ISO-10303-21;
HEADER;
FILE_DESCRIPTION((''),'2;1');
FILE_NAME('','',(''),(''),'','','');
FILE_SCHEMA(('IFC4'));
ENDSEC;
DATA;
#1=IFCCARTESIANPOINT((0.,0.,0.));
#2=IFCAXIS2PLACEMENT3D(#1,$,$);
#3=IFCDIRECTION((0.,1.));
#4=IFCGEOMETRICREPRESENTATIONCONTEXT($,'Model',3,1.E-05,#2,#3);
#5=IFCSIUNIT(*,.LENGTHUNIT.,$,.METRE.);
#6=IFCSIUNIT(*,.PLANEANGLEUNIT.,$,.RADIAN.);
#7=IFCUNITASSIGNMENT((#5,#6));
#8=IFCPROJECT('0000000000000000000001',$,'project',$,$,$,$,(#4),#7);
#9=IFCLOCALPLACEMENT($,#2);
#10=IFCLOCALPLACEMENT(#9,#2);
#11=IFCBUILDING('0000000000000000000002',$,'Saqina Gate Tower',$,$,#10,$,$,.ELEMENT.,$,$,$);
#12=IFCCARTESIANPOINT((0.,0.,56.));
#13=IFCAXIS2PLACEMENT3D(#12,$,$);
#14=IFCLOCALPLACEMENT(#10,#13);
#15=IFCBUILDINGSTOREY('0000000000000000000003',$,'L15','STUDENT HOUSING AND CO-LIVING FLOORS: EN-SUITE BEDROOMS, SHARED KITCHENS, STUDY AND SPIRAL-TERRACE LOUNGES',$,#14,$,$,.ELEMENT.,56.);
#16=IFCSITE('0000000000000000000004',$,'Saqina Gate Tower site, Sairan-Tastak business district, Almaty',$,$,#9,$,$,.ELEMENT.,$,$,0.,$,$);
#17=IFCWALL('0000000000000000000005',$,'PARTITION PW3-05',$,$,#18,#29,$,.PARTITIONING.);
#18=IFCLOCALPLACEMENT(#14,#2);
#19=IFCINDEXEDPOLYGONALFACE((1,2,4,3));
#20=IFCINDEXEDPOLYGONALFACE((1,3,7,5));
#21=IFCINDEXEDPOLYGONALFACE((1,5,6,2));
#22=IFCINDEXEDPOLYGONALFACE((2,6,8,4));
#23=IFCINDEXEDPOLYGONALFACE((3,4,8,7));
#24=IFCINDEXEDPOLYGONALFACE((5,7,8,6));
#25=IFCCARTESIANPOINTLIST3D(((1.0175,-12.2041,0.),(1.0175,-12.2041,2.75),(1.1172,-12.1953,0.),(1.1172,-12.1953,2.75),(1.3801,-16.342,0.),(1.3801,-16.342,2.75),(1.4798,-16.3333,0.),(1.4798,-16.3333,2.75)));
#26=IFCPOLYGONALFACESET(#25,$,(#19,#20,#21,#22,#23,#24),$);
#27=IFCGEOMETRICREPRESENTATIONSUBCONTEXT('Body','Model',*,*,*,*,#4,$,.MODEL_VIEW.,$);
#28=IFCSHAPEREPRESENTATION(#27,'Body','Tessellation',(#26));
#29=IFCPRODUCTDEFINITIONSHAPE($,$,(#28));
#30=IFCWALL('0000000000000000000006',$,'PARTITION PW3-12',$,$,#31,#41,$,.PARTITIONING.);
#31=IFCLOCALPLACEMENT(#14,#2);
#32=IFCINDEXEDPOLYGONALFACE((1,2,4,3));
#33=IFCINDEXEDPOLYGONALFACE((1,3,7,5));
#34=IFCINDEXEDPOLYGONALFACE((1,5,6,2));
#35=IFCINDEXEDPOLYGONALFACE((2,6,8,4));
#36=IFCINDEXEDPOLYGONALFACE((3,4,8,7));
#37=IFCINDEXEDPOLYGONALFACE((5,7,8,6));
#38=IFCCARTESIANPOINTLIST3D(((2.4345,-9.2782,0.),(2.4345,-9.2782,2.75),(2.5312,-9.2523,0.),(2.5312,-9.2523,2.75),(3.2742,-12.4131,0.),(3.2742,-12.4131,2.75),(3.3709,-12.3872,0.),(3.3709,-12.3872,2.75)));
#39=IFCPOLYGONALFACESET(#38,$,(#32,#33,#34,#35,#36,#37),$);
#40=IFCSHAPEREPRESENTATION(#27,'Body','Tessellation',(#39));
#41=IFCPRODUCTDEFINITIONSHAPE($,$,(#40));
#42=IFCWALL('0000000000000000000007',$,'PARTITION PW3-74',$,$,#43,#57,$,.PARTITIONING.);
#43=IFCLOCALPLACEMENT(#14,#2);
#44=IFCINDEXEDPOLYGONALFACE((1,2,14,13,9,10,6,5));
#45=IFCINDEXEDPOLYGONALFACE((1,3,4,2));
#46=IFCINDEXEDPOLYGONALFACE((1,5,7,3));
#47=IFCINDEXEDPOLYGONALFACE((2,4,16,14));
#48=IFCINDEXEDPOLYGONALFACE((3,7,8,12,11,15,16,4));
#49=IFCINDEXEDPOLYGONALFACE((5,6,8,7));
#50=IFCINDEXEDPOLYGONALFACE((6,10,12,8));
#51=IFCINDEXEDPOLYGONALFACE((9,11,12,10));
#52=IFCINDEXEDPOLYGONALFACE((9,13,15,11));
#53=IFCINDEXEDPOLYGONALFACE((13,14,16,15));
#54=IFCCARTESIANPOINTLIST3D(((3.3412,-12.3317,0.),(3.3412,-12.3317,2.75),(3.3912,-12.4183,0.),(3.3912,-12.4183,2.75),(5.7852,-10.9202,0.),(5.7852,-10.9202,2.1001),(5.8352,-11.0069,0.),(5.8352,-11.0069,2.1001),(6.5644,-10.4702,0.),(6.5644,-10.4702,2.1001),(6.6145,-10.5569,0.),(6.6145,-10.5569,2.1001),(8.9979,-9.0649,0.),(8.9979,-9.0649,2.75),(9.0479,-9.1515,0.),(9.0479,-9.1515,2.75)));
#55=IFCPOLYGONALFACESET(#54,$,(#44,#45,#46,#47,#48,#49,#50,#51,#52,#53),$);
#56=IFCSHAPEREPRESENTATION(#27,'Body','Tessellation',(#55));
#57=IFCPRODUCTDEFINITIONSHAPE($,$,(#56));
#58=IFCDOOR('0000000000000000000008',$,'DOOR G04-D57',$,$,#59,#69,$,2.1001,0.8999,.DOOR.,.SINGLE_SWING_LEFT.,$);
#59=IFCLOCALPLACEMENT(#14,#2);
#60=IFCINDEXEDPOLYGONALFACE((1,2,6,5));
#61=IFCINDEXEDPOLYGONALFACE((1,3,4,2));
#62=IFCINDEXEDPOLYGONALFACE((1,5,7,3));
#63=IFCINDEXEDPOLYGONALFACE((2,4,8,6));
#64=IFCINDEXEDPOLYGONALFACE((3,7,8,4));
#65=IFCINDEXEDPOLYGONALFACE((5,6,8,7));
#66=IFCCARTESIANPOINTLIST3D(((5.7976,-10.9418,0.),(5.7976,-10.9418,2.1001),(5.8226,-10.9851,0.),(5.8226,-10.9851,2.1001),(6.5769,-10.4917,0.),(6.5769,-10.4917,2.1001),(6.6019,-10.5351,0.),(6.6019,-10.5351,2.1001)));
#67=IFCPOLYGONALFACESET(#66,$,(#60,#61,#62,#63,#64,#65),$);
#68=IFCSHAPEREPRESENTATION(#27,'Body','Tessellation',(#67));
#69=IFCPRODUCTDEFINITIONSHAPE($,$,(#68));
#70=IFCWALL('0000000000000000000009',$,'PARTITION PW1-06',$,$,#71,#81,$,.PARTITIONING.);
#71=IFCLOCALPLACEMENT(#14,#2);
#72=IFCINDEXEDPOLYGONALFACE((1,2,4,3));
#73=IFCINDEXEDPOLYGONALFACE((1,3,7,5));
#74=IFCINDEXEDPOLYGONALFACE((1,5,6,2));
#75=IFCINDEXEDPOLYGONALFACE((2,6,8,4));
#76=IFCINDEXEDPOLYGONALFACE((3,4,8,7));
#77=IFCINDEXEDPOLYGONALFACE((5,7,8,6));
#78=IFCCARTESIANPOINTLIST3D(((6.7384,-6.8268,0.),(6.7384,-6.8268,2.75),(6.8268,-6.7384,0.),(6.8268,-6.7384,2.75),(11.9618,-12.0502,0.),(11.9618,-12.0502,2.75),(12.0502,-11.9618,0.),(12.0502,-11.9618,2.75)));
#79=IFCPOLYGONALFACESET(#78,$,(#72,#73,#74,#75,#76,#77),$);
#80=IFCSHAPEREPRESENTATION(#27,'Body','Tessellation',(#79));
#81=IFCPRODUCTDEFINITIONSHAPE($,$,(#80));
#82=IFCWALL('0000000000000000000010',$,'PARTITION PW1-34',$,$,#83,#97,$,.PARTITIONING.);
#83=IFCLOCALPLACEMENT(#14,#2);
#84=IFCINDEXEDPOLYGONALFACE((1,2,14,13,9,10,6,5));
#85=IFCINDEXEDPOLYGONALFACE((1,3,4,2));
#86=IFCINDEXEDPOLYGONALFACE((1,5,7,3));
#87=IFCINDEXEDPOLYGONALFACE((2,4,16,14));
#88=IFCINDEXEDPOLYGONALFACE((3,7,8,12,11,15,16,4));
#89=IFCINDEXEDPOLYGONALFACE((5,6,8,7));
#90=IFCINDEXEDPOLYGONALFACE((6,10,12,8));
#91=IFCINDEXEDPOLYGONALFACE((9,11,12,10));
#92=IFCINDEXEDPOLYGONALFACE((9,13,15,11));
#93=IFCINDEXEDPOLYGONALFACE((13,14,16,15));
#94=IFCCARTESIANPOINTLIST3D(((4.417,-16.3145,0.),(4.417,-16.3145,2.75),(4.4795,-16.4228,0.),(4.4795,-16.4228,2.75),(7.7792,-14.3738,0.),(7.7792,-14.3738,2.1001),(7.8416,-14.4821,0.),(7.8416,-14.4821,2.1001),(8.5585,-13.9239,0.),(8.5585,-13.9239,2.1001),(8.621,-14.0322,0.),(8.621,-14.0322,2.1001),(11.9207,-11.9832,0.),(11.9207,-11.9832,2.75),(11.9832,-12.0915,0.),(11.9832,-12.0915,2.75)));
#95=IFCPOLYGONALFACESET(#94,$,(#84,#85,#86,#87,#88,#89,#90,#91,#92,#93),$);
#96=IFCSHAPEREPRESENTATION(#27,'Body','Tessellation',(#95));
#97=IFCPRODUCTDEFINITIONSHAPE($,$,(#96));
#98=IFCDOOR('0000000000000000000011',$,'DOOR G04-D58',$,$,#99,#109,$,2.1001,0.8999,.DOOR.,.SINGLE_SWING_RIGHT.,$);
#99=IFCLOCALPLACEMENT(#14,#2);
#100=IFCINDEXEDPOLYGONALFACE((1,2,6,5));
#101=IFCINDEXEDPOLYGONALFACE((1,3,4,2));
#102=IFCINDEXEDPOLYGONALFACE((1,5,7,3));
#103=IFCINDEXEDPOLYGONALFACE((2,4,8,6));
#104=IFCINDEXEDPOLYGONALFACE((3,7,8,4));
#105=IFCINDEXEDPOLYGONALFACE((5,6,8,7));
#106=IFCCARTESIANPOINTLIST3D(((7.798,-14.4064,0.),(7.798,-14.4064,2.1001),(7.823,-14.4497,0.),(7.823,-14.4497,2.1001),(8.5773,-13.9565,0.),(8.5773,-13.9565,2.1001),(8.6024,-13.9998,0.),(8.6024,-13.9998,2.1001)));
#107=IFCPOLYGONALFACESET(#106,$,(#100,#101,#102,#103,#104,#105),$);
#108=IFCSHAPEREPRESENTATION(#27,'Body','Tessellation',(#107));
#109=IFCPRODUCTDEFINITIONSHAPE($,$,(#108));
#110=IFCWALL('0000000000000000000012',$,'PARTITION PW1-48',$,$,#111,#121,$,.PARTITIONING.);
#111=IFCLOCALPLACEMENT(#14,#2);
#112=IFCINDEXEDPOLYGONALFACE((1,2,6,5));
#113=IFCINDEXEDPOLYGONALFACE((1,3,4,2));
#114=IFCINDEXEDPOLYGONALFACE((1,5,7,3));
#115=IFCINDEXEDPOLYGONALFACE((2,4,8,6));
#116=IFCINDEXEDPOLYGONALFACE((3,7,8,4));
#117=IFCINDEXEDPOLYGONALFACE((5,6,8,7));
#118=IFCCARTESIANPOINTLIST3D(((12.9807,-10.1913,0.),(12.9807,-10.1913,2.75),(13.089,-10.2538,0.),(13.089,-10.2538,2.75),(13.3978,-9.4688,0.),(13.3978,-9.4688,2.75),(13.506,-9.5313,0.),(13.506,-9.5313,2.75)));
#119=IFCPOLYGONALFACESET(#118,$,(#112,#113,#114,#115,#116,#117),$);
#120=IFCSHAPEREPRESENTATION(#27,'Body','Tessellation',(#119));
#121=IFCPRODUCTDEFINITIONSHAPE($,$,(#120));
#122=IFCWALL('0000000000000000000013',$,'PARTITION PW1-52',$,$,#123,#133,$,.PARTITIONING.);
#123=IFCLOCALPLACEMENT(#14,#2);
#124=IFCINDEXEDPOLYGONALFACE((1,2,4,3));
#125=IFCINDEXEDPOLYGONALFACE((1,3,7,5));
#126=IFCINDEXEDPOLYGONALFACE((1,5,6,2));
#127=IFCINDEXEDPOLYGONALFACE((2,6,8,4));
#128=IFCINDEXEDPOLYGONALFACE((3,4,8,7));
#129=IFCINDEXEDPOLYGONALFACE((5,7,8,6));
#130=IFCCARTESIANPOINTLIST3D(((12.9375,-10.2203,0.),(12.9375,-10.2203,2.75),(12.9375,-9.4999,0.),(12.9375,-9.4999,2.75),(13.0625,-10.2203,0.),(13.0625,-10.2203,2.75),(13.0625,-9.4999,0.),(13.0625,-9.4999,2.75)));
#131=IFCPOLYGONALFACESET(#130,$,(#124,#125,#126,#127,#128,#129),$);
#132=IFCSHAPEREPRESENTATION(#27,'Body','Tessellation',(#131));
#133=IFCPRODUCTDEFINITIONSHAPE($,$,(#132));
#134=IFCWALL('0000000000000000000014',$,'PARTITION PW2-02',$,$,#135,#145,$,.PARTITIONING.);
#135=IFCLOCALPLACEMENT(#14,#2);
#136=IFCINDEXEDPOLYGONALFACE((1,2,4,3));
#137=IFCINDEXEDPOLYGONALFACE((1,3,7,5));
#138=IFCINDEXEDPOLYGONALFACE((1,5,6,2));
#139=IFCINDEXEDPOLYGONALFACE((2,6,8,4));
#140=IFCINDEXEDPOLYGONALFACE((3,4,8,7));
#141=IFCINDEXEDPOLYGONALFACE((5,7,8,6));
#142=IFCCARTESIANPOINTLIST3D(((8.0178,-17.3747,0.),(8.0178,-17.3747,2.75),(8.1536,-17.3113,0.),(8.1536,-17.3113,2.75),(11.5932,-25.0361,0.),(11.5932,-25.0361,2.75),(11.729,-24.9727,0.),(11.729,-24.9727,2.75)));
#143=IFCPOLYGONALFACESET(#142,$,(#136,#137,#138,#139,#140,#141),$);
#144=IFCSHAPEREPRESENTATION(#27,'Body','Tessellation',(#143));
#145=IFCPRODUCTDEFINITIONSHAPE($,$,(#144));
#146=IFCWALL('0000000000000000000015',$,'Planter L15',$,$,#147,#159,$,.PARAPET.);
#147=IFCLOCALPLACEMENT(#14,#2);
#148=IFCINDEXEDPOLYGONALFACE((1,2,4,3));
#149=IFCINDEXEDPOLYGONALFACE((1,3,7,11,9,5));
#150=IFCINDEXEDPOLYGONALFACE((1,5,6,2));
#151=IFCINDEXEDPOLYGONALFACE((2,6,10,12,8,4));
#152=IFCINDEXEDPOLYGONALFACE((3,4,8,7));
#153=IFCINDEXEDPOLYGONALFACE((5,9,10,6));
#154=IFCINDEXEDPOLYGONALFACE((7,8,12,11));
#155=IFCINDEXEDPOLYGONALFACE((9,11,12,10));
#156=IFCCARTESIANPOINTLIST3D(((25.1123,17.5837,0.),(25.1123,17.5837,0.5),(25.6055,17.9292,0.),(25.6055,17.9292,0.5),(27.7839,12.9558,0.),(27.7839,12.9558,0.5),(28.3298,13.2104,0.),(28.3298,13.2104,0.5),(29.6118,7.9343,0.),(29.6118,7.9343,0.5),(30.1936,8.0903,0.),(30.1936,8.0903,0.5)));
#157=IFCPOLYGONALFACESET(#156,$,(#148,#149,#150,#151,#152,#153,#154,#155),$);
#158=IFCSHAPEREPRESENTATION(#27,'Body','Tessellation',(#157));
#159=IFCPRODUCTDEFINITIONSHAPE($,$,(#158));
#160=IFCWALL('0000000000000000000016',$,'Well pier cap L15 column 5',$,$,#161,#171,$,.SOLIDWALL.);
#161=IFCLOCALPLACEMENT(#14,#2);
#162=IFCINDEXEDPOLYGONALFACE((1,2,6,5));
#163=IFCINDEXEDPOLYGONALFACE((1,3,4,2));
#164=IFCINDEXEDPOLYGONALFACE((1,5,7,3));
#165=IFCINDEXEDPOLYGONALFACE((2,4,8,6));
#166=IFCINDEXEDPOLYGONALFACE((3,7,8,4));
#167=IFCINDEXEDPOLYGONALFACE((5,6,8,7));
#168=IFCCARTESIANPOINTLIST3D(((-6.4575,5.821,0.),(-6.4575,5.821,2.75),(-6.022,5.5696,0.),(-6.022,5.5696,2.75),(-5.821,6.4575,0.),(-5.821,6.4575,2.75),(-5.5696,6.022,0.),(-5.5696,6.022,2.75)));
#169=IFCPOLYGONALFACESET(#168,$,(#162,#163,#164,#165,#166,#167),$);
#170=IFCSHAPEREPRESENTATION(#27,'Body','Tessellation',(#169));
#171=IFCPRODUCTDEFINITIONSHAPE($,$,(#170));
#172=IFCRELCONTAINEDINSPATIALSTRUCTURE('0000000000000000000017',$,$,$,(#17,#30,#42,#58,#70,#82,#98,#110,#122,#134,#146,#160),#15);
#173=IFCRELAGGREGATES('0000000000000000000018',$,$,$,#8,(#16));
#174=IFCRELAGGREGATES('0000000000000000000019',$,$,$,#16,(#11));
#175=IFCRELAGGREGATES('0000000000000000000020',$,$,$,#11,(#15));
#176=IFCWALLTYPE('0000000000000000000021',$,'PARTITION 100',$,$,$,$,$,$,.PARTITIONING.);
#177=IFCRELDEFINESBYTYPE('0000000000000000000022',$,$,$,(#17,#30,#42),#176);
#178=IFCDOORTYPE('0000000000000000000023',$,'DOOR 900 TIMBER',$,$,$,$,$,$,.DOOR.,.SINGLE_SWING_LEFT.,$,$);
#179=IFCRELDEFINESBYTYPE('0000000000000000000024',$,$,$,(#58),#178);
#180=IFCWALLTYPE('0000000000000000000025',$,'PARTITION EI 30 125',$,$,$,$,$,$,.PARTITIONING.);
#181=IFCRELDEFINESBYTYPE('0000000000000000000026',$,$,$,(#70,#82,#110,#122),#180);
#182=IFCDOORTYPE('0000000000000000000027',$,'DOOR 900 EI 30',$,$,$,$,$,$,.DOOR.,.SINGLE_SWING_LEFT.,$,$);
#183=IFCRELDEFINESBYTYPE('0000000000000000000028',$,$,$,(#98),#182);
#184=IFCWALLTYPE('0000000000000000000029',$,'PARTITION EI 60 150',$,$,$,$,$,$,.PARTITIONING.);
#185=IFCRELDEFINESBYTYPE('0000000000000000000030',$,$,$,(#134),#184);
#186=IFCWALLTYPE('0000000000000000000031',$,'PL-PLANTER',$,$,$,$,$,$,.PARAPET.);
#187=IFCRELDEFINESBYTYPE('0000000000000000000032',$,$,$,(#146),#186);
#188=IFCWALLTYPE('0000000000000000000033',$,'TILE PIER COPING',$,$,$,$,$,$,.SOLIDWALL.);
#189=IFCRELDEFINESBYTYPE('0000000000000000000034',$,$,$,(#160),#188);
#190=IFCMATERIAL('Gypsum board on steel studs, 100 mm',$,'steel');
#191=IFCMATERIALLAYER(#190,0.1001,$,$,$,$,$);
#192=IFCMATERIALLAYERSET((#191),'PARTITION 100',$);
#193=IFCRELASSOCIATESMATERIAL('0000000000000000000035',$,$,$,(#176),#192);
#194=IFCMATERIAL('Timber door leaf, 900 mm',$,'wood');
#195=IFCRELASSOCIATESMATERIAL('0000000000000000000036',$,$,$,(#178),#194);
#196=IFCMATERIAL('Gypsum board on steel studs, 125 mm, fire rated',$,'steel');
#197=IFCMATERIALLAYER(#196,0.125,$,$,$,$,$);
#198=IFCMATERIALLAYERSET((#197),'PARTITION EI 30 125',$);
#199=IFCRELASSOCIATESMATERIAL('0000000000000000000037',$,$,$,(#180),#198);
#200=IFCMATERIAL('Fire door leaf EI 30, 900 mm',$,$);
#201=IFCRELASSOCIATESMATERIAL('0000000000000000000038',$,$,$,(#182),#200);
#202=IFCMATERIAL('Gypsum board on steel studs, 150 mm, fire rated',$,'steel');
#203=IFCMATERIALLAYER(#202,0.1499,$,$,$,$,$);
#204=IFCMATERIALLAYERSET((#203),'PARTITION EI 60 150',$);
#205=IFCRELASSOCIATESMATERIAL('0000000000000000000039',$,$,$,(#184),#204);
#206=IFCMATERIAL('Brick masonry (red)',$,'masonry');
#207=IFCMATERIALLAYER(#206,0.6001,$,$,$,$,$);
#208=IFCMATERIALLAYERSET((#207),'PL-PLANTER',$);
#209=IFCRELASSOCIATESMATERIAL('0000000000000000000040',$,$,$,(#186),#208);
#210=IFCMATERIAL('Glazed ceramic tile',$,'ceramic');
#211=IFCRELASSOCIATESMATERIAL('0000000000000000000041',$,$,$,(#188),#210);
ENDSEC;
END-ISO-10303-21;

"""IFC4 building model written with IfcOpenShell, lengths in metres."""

from ifc_helpers import new_model, si_unit, direction, frame, frame_2d, origin, place, context, subcontext, project, spatial, polyline, rectangle, outline, extrude, material, layer, layer_set, type_object, element, fill, save


model = new_model("IFC4")

# Units and contexts
model_context = context("Model", 3, precision=1e-05, world=origin(), true_north=direction((0.0, 1.0)))
body_context = subcontext(model_context, "Body", "Model", "MODEL_VIEW")
ifc_project = project(units=[si_unit("LENGTHUNIT", "METRE"), si_unit("PLANEANGLEUNIT", "RADIAN")], contexts=[model_context])

# Site, building, storey
site_placement = place(None, origin())
site = spatial("IfcSite", under=ifc_project, at=site_placement, Name="Saqina Gate Tower site, Sairan-Tastak business district, Almaty", CompositionType="ELEMENT", RefElevation=0.0)
building_placement = place(site_placement, origin())
building = spatial("IfcBuilding", under=site, at=building_placement, Name="Saqina Gate Tower", CompositionType="ELEMENT")
storey_placement = place(building_placement, frame((0.0, 0.0, 56.0)))
storey = spatial("IfcBuildingStorey", under=building, at=storey_placement, Name="L15", Description="STUDENT HOUSING AND CO-LIVING FLOORS: EN-SUITE BEDROOMS, SHARED KITCHENS, STUDY AND SPIRAL-TERRACE LOUNGES", CompositionType="ELEMENT", Elevation=56.0)

# Walls
ifc_material_1 = material(Name="Gypsum board on steel studs, 100 mm", Category="steel")
ifc_layer_1 = layer(ifc_material_1, 0.1001)
ifc_layer_set_1 = layer_set([ifc_layer_1], Name="PARTITION 100")
wall_type_1 = type_object("IfcWallType", Name="PARTITION 100", PredefinedType="PARTITIONING", material=ifc_layer_set_1)
wall_1_placement = place(storey_placement, frame((1.0674, -12.1997, 0.0), z_axis=(0.0, 0.0, 1.0), x_axis=(0.087281, -0.996184, 0.0)))
element("IfcWall", 1, at=wall_1_placement, inside=storey, type_object=wall_type_1, Name="PARTITION PW3-05", PredefinedType="PARTITIONING", context=body_context, shape_type="SweptSolid", body=[
    extrude(rectangle(XDim=4.1538, YDim=0.1001, at=frame_2d((2.0769, 0.0))), origin(), (0.0, 0.0, 1.0), 2.75),
])
wall_2_placement = place(storey_placement, frame((2.4829, -9.2654, 0.0), z_axis=(0.0, 0.0, 1.0), x_axis=(0.258716, -0.965953, 0.0)))
element("IfcWall", 2, at=wall_2_placement, inside=storey, type_object=wall_type_1, Name="PARTITION PW3-12", PredefinedType="PARTITIONING", context=body_context, shape_type="SweptSolid", body=[
    extrude(rectangle(XDim=3.2454, YDim=0.1001, at=frame_2d((1.6226, 0.0))), origin(), (0.0, 0.0, 1.0), 2.75),
])

# Wall, opening, door
wall_3_placement = place(storey_placement, frame((3.3662, -12.375, 0.0), z_axis=(0.0, 0.0, 1.0), x_axis=(0.865964, 0.500106, 0.0)))
wall_3 = element("IfcWall", 3, at=wall_3_placement, inside=storey, type_object=wall_type_1, Name="PARTITION PW3-74", PredefinedType="PARTITIONING", context=body_context, shape_type="SweptSolid", body=[
    extrude(rectangle(XDim=6.5322, YDim=0.1001, at=frame_2d((3.2661, 0.0))), origin(), (0.0, 0.0, 1.0), 2.75),
])
opening_1_placement = place(wall_3_placement, frame((2.8223, 0.0, 0.0)))
opening_1 = element("IfcOpeningElement", 4, at=opening_1_placement, cuts=wall_3, PredefinedType="OPENING", context=body_context, shape_type="SweptSolid", body=[
    extrude(rectangle(XDim=0.8999, YDim=2.1001, at=frame_2d((0.45, 1.05))), frame((0.0, 0.062, 0.0), z_axis=(0.0, -1.0, 0.0), x_axis=(1.0, 0.0, 0.0)), (0.0, 0.0, 1.0), 0.124),
])
ifc_material_2 = material(Name="Timber door leaf, 900 mm", Category="wood")
door_type_1 = type_object("IfcDoorType", Name="DOOR 900 TIMBER", OperationType="SINGLE_SWING_LEFT", PredefinedType="DOOR", material=ifc_material_2)
door_1_placement = place(opening_1_placement, frame((0.8999, 0.0, 0.0), z_axis=(0.0, 0.0, 1.0), x_axis=(-1.0, 0.0, 0.0)))
door_1 = element("IfcDoor", 5, at=door_1_placement, inside=storey, type_object=door_type_1, Name="DOOR G04-D57", OperationType="SINGLE_SWING_LEFT", OverallHeight=2.1001, OverallWidth=0.8999, PredefinedType="DOOR", context=body_context, shape_type="SweptSolid", body=[
    extrude(rectangle(XDim=0.8999, YDim=2.1001, at=frame_2d((0.45, 1.05))), frame((0.0, 0.0249, 0.0), z_axis=(0.0, -1.0, 0.0), x_axis=(1.0, 0.0, 0.0)), (0.0, 0.0, 1.0), 0.05),
])
fill(opening_1, door_1)

# Wall
ifc_material_3 = material(Name="Gypsum board on steel studs, 125 mm, fire rated", Category="steel")
ifc_layer_2 = layer(ifc_material_3, 0.125)
ifc_layer_set_2 = layer_set([ifc_layer_2], Name="PARTITION EI 30 125")
wall_type_2 = type_object("IfcWallType", Name="PARTITION EI 30 125", PredefinedType="PARTITIONING", material=ifc_layer_set_2)
wall_4_placement = place(storey_placement, frame((6.7827, -6.7827, 0.0), z_axis=(0.0, 0.0, 1.0), x_axis=(0.707107, -0.707107, 0.0)))
element("IfcWall", 6, at=wall_4_placement, inside=storey, type_object=wall_type_2, Name="PARTITION PW1-06", PredefinedType="PARTITIONING", context=body_context, shape_type="SweptSolid", body=[
    extrude(rectangle(XDim=7.387, YDim=0.125, at=frame_2d((3.6934, 0.0))), origin(), (0.0, 0.0, 1.0), 2.75),
])

# Wall, opening, door
wall_5_placement = place(storey_placement, frame((4.4482, -16.3687, 0.0), z_axis=(0.0, 0.0, 1.0), x_axis=(0.866073, 0.499918, 0.0)))
wall_5 = element("IfcWall", 7, at=wall_5_placement, inside=storey, type_object=wall_type_2, Name="PARTITION PW1-34", PredefinedType="PARTITIONING", context=body_context, shape_type="SweptSolid", body=[
    extrude(rectangle(XDim=8.6641, YDim=0.125, at=frame_2d((4.332, 0.0))), origin(), (0.0, 0.0, 1.0), 2.75),
])
opening_2_placement = place(wall_5_placement, frame((3.8821, 0.0, 0.0)))
opening_2 = element("IfcOpeningElement", 8, at=opening_2_placement, cuts=wall_5, PredefinedType="OPENING", context=body_context, shape_type="SweptSolid", body=[
    extrude(rectangle(XDim=0.8999, YDim=2.1001, at=frame_2d((0.45, 1.05))), frame((0.0, 0.0745, 0.0), z_axis=(0.0, -1.0, 0.0), x_axis=(1.0, 0.0, 0.0)), (0.0, 0.0, 1.0), 0.1489),
])
ifc_material_4 = material(Name="Fire door leaf EI 30, 900 mm")
door_type_2 = type_object("IfcDoorType", Name="DOOR 900 EI 30", OperationType="SINGLE_SWING_LEFT", PredefinedType="DOOR", material=ifc_material_4)
door_2_placement = place(opening_2_placement, origin())
door_2 = element("IfcDoor", 9, at=door_2_placement, inside=storey, type_object=door_type_2, Name="DOOR G04-D58", OperationType="SINGLE_SWING_RIGHT", OverallHeight=2.1001, OverallWidth=0.8999, PredefinedType="DOOR", context=body_context, shape_type="SweptSolid", body=[
    extrude(rectangle(XDim=0.8999, YDim=2.1001, at=frame_2d((0.45, 1.05))), frame((0.0, 0.0249, 0.0), z_axis=(0.0, -1.0, 0.0), x_axis=(1.0, 0.0, 0.0)), (0.0, 0.0, 1.0), 0.05),
])
fill(opening_2, door_2)

# Walls
wall_6_placement = place(storey_placement, frame((13.0349, -10.2224, 0.0), z_axis=(0.0, 0.0, 1.0), x_axis=(0.499917, 0.866073, 0.0)))
element("IfcWall", 10, at=wall_6_placement, inside=storey, type_object=wall_type_2, Name="PARTITION PW1-48", PredefinedType="PARTITIONING", context=body_context, shape_type="SweptSolid", body=[
    extrude(rectangle(XDim=0.8342, YDim=0.125, at=frame_2d((0.417, 0.0))), origin(), (0.0, 0.0, 1.0), 2.75),
])
wall_7_placement = place(storey_placement, frame((13.0, -10.2205, 0.0), z_axis=(0.0, 0.0, 1.0), x_axis=(0.0, 1.0, 0.0)))
element("IfcWall", 11, at=wall_7_placement, inside=storey, type_object=wall_type_2, Name="PARTITION PW1-52", PredefinedType="PARTITIONING", context=body_context, shape_type="SweptSolid", body=[
    extrude(rectangle(XDim=0.7205, YDim=0.125, at=frame_2d((0.3604, 0.0))), origin(), (0.0, 0.0, 1.0), 2.75),
])
ifc_material_5 = material(Name="Gypsum board on steel studs, 150 mm, fire rated", Category="steel")
ifc_layer_3 = layer(ifc_material_5, 0.1499)
ifc_layer_set_3 = layer_set([ifc_layer_3], Name="PARTITION EI 60 150")
wall_type_3 = type_object("IfcWallType", Name="PARTITION EI 60 150", PredefinedType="PARTITIONING", material=ifc_layer_set_3)
wall_8_placement = place(storey_placement, frame((8.0857, -17.343, 0.0), z_axis=(0.0, 0.0, 1.0), x_axis=(0.422898, -0.906177, 0.0)))
element("IfcWall", 12, at=wall_8_placement, inside=storey, type_object=wall_type_3, Name="PARTITION PW2-02", PredefinedType="PARTITIONING", context=body_context, shape_type="SweptSolid", body=[
    extrude(rectangle(XDim=8.4546, YDim=0.1499, at=frame_2d((4.2273, 0.0))), origin(), (0.0, 0.0, 1.0), 2.75),
])
ifc_material_6 = material(Name="Brick masonry (red)", Category="masonry")
ifc_layer_4 = layer(ifc_material_6, 0.6001)
ifc_layer_set_4 = layer_set([ifc_layer_4], Name="PL-PLANTER")
wall_type_4 = type_object("IfcWallType", Name="PL-PLANTER", PredefinedType="PARAPET", material=ifc_layer_set_4)
wall_9_placement = place(storey_placement, origin())
element("IfcWall", 13, at=wall_9_placement, inside=storey, type_object=wall_type_4, Name="Planter L15", PredefinedType="PARAPET", context=body_context, shape_type="SweptSolid", body=[
    extrude(outline(polyline([(30.1936, 8.0903), (28.3298, 13.2104), (25.6055, 17.9292), (25.1123, 17.5837), (27.7839, 12.9558), (29.6118, 7.9343), (30.1936, 8.0903)])), origin(), (0.0, 0.0, 1.0), 0.5),
])
ifc_material_7 = material(Name="Glazed ceramic tile", Category="ceramic")
wall_type_5 = type_object("IfcWallType", Name="TILE PIER COPING", PredefinedType="SOLIDWALL", material=ifc_material_7)
wall_10_placement = place(storey_placement, origin())
element("IfcWall", 14, at=wall_10_placement, inside=storey, type_object=wall_type_5, Name="Well pier cap L15 column 5", PredefinedType="SOLIDWALL", context=body_context, shape_type="SweptSolid", body=[
    extrude(outline(polyline([(-6.4575, 5.821), (-6.022, 5.5696), (-5.5696, 6.022), (-5.821, 6.4575), (-6.4575, 5.821)])), origin(), (0.0, 0.0, 1.0), 2.75),
])

save(model, "model.ifc")
